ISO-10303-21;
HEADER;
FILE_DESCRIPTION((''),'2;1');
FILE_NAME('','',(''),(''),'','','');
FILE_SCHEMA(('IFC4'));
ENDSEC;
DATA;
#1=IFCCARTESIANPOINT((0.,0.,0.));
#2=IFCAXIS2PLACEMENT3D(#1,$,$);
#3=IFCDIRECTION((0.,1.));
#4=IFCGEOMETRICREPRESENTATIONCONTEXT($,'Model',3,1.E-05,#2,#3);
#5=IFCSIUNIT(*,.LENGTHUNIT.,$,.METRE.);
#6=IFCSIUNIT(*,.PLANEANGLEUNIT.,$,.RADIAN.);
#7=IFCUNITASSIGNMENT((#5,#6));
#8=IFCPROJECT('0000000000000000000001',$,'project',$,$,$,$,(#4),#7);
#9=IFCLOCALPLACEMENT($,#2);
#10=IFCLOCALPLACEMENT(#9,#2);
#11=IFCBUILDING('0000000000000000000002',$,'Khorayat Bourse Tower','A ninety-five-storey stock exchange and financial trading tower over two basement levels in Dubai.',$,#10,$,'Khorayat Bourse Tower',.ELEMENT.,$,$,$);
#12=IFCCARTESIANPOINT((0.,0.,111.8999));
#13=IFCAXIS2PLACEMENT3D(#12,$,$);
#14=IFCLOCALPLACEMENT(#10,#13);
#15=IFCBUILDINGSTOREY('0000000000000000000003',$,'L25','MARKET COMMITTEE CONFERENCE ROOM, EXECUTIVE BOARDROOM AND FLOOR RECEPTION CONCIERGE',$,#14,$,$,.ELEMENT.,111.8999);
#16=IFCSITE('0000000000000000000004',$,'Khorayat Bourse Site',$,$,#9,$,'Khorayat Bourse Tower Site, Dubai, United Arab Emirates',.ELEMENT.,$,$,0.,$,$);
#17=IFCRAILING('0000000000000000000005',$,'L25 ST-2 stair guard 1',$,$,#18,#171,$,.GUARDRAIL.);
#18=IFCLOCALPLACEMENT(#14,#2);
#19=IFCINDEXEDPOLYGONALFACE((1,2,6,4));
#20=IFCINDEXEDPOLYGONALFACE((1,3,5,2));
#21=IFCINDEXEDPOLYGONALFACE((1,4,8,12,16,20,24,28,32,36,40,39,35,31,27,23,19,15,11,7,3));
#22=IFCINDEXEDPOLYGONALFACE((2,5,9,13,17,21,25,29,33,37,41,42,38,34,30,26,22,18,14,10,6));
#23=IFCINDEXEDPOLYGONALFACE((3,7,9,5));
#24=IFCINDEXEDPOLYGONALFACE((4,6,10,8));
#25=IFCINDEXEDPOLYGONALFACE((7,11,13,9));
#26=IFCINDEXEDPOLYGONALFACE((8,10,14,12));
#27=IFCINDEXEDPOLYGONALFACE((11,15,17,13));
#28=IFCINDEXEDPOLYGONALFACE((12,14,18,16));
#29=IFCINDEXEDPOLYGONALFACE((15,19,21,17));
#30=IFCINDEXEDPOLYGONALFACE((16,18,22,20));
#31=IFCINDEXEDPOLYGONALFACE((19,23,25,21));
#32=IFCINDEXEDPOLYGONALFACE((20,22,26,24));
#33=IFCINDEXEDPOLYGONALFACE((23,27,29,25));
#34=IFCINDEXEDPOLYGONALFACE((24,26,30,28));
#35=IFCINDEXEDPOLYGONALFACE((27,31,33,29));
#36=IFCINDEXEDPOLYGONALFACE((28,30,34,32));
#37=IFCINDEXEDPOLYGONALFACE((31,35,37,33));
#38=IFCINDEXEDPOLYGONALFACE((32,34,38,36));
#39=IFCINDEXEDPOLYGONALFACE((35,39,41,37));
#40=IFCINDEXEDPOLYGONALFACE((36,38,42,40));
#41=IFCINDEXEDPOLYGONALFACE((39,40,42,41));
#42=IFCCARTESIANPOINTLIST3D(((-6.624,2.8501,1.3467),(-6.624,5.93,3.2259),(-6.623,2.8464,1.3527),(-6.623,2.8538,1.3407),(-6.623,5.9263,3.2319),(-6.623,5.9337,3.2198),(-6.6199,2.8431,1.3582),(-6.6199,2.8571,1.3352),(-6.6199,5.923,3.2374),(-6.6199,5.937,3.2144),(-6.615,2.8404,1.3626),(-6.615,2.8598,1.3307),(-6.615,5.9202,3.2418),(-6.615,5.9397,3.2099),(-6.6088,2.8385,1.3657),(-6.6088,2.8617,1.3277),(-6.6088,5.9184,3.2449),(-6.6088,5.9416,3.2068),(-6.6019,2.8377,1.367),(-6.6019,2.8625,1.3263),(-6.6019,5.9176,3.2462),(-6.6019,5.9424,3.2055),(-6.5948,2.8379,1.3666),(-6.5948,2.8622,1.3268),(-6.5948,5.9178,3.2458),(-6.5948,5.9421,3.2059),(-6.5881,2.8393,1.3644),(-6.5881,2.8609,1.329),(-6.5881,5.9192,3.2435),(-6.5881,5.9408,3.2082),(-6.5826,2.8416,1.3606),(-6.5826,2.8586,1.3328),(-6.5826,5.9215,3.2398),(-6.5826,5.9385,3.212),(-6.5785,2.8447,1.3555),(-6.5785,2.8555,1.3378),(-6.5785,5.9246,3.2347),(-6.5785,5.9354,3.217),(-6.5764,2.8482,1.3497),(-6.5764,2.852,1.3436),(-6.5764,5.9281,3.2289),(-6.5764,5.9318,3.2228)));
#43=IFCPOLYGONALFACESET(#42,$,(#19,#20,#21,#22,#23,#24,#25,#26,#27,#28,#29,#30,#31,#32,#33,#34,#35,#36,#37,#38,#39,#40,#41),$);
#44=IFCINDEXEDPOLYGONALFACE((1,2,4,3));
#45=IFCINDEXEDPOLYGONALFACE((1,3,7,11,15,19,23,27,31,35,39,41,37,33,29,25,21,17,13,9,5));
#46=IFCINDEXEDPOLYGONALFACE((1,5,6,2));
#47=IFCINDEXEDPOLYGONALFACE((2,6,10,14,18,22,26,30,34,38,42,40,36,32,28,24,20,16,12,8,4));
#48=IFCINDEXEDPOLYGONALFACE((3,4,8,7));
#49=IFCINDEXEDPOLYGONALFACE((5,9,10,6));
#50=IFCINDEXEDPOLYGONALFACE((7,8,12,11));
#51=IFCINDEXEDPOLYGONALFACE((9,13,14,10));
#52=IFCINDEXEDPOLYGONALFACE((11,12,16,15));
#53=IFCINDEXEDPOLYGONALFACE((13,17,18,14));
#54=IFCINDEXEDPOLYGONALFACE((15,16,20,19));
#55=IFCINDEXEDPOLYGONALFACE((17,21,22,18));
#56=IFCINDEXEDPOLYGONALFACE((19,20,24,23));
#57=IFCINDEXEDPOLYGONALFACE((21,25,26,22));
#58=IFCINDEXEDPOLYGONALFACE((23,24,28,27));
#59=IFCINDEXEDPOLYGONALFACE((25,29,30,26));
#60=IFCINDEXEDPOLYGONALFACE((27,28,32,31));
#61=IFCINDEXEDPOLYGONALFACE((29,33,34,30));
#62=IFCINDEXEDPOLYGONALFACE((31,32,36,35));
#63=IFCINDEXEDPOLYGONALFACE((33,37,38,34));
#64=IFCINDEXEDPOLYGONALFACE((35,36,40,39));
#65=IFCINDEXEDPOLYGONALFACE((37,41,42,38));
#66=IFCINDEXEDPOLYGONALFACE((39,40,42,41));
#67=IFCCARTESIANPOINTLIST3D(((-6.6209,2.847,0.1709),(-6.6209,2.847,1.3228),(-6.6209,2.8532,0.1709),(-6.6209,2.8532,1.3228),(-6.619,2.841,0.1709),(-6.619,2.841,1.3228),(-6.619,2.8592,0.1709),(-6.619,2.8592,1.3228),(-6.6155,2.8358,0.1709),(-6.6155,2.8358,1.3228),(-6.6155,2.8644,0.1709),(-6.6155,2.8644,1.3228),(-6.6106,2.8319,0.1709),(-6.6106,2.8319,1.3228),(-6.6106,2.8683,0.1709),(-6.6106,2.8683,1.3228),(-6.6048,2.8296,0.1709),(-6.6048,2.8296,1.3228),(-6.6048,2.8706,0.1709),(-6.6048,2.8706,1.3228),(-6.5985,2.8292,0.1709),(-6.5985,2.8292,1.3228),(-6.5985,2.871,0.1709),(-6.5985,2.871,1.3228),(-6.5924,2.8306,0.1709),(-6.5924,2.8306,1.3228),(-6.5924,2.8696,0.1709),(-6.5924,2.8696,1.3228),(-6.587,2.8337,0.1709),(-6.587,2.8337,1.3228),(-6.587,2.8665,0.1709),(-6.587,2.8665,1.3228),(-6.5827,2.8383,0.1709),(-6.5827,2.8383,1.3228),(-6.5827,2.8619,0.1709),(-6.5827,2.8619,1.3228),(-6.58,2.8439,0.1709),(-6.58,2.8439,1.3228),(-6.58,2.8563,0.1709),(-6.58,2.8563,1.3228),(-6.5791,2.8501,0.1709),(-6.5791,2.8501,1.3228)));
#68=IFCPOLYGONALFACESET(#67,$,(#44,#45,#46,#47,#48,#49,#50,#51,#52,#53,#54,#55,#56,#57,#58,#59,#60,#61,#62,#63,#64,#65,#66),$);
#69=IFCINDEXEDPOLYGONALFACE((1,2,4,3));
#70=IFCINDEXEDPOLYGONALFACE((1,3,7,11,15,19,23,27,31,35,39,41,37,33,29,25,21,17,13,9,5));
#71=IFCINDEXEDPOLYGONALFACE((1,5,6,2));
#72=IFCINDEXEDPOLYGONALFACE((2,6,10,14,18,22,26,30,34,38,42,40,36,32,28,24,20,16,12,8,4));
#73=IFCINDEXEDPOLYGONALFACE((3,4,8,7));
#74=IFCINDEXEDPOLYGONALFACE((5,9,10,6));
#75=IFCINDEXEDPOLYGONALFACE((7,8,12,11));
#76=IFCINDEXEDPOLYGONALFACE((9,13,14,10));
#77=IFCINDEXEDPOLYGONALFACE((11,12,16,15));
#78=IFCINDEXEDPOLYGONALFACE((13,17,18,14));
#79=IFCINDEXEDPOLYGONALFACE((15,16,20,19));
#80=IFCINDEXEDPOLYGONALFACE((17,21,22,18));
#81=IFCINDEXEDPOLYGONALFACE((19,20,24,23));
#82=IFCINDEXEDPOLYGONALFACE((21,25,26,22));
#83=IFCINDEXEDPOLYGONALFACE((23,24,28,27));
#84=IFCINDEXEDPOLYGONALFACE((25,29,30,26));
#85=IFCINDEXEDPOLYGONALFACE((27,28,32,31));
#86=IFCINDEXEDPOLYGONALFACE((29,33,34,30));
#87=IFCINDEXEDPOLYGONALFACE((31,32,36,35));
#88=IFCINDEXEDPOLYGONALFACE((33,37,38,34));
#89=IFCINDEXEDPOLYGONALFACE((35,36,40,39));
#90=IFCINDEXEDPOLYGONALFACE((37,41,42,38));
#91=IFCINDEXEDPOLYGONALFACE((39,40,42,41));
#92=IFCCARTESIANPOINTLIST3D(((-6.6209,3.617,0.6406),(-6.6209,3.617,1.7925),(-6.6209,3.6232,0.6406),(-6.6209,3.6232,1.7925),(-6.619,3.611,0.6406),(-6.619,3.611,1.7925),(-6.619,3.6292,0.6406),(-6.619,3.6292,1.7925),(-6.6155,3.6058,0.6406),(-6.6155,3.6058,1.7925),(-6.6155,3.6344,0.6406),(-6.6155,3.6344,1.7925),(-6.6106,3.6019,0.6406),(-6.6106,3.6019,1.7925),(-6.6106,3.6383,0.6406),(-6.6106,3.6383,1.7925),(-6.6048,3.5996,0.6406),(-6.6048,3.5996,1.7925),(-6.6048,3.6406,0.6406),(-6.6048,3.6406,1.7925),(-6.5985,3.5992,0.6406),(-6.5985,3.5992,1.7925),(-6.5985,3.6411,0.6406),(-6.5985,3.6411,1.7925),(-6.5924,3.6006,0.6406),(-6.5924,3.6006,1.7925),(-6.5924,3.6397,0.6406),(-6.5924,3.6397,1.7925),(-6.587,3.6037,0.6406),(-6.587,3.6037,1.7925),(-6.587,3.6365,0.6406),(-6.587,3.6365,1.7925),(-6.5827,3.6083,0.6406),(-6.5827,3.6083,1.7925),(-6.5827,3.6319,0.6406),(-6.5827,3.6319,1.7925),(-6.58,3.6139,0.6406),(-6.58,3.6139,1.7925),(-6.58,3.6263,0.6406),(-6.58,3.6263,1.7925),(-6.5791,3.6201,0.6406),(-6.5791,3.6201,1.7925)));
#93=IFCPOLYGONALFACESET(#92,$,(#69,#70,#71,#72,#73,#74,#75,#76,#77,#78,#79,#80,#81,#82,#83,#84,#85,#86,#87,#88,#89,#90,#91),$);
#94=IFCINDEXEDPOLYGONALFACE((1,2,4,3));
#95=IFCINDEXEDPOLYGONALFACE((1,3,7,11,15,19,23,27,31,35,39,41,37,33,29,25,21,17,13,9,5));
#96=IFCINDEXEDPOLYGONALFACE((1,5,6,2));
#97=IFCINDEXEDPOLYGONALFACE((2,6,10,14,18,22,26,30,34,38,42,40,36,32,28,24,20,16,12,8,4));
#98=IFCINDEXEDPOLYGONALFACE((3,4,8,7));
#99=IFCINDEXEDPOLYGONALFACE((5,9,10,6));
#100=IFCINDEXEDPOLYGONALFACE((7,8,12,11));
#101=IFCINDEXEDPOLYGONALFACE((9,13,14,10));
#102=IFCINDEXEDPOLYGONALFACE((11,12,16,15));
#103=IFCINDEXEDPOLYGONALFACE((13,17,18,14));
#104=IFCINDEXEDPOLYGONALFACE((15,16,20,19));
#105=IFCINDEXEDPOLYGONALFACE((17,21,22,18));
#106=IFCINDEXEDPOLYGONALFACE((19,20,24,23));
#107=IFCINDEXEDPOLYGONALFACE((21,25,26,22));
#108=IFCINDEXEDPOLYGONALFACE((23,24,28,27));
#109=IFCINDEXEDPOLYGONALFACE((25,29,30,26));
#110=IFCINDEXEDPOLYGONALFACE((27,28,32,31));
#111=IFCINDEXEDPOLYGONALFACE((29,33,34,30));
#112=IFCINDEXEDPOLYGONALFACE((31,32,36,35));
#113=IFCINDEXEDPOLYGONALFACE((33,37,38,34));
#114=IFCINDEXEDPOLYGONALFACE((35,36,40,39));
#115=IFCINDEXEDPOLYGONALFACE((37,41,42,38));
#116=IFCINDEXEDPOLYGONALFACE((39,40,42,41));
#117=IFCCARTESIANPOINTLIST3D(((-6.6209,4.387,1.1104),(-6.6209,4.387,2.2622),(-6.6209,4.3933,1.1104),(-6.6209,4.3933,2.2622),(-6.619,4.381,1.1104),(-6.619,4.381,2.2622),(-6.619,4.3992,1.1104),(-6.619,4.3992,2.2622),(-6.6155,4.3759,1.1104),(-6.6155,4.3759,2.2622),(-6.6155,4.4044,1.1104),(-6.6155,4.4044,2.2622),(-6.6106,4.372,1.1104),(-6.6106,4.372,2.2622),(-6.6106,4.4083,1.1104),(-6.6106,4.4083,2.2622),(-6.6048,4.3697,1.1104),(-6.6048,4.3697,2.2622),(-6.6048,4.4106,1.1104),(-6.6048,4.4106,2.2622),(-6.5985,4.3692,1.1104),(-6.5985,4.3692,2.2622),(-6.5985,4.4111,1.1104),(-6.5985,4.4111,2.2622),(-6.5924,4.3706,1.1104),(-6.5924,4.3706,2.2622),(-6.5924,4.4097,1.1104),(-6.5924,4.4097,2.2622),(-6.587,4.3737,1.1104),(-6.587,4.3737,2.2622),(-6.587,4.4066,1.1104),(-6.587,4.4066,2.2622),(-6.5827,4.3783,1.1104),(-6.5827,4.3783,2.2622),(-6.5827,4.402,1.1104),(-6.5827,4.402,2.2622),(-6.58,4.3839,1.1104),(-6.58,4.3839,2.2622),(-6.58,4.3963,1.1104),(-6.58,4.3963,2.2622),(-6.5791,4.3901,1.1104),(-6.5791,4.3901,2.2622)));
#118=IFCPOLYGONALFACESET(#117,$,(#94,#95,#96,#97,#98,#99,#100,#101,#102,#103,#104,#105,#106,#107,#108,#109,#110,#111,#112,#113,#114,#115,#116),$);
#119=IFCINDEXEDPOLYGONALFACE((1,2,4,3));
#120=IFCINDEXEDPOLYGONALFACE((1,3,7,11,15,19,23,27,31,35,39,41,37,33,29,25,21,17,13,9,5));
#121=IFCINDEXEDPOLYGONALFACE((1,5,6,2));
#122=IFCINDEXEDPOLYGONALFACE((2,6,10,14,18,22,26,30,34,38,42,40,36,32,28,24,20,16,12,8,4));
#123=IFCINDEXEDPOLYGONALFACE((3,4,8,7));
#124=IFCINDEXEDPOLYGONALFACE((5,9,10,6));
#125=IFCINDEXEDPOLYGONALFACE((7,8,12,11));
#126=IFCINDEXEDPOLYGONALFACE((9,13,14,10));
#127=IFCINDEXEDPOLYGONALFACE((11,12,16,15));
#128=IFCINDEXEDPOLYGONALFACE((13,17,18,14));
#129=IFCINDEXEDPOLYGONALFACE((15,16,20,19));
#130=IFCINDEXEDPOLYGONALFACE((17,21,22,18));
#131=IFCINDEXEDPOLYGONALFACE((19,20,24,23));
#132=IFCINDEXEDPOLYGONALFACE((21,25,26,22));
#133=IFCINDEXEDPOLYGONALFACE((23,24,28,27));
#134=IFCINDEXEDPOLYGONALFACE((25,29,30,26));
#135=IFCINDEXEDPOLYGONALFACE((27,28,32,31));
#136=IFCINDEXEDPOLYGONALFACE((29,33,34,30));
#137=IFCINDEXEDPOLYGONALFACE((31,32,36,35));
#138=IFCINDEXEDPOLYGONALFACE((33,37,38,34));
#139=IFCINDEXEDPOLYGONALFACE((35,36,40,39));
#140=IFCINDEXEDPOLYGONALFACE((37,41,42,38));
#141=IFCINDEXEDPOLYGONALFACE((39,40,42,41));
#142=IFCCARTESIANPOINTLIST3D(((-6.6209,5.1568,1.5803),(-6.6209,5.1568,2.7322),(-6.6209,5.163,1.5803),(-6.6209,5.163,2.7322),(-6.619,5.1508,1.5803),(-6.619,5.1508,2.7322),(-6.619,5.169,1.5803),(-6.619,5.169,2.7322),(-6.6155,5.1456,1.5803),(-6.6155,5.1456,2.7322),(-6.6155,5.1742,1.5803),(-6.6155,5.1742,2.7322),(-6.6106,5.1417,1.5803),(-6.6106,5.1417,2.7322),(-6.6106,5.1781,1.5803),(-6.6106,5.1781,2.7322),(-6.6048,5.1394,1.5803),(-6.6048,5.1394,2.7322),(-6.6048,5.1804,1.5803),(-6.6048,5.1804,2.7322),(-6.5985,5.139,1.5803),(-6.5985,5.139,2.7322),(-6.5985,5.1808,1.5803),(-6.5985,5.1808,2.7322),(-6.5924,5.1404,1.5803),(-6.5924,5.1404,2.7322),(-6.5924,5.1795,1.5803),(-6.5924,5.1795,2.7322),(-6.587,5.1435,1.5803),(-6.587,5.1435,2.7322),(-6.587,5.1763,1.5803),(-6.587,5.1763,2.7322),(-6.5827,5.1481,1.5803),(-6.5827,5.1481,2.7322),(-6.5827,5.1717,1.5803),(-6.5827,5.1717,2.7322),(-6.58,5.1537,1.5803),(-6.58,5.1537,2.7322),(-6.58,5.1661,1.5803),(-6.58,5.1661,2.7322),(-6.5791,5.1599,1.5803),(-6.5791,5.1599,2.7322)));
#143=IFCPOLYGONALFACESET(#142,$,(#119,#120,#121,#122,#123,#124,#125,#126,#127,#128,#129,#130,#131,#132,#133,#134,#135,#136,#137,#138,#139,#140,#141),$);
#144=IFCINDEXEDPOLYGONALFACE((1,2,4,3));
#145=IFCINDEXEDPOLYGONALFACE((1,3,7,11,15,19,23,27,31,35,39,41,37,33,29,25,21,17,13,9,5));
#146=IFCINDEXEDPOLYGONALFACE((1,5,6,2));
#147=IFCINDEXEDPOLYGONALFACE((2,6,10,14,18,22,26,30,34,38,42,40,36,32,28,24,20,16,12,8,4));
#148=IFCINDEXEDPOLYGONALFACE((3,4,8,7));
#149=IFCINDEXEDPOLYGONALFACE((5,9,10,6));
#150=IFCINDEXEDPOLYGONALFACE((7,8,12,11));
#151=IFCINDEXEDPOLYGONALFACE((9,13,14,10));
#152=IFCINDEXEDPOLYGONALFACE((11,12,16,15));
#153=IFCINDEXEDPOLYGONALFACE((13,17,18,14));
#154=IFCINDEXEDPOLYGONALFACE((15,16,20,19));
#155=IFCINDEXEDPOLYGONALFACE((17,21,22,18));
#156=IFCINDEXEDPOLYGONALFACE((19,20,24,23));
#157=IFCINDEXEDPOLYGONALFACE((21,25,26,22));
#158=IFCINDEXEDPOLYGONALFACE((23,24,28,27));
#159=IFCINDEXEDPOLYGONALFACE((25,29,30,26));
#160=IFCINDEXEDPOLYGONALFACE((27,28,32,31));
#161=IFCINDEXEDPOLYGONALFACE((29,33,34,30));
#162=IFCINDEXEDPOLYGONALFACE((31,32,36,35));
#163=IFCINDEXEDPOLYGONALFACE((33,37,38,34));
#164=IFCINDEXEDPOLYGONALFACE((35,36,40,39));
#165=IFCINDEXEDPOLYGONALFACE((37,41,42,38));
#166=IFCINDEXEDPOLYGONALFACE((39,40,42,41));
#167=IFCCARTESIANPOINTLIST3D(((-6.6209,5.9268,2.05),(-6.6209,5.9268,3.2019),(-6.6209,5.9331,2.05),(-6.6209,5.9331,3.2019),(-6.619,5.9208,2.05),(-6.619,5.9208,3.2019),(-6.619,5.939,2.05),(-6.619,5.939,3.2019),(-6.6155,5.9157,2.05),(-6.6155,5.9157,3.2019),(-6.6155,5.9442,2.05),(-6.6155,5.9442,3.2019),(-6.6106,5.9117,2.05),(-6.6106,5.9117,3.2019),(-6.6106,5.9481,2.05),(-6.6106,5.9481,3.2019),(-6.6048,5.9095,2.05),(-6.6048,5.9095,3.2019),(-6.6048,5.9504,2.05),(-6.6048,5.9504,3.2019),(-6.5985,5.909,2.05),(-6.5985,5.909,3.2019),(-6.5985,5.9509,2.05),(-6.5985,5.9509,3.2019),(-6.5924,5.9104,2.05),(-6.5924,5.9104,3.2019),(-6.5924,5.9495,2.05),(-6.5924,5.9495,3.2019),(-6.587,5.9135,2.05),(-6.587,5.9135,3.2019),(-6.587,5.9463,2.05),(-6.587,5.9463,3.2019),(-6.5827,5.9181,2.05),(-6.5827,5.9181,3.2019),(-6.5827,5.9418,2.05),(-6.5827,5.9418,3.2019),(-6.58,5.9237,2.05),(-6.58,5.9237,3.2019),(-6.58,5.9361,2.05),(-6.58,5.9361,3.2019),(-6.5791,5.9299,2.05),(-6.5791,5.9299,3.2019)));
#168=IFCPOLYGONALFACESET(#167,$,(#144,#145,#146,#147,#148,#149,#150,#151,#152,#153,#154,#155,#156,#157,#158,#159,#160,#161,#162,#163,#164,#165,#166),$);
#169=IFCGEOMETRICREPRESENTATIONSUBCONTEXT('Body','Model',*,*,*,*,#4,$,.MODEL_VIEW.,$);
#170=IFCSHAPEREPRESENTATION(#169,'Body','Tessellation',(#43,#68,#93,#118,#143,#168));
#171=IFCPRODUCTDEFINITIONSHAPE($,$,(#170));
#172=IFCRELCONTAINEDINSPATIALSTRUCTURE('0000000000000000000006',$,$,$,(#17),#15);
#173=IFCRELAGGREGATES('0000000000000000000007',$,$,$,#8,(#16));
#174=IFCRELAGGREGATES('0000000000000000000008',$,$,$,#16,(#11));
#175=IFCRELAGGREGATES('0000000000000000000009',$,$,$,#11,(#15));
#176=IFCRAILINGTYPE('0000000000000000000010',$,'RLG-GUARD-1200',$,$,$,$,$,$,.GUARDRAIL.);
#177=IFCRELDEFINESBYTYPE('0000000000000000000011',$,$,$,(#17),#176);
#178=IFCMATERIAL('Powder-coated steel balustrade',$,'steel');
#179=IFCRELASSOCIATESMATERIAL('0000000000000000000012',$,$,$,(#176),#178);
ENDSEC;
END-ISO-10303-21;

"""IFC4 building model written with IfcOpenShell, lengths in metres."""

from ifc_helpers import new_model, si_unit, direction, frame, origin, origin_2d, place, context, subcontext, project, spatial, circle, extrude, source, transform, mapped, material, type_object, element, save


model = new_model("IFC4")

# Units and contexts
model_context = context("Model", 3, precision=1e-05, world=origin(), true_north=direction((0.0, 1.0)))
body_context = subcontext(model_context, "Body", "Model", "MODEL_VIEW")
ifc_project = project(units=[si_unit("LENGTHUNIT", "METRE"), si_unit("PLANEANGLEUNIT", "RADIAN")], contexts=[model_context])

# Site, building, storey
site_placement = place(None, origin())
site = spatial("IfcSite", under=ifc_project, at=site_placement, Name="Khorayat Bourse Site", LongName="Khorayat Bourse Tower Site, Dubai, United Arab Emirates", CompositionType="ELEMENT", RefElevation=0.0)
building_placement = place(site_placement, origin())
building = spatial("IfcBuilding", under=site, at=building_placement, Name="Khorayat Bourse Tower", Description="A ninety-five-storey stock exchange and financial trading tower over two basement levels in Dubai.", LongName="Khorayat Bourse Tower", CompositionType="ELEMENT")
storey_placement = place(building_placement, frame((0.0, 0.0, 111.8999)))
storey = spatial("IfcBuildingStorey", under=building, at=storey_placement, Name="L25", Description="MARKET COMMITTEE CONFERENCE ROOM, EXECUTIVE BOARDROOM AND FLOOR RECEPTION CONCIERGE", CompositionType="ELEMENT", Elevation=111.8999)

# Railing
ifc_material_1 = material(Name="Powder-coated steel balustrade", Category="steel")
railing_type_1 = type_object("IfcRailingType", Name="RLG-GUARD-1200", PredefinedType="GUARDRAIL", material=ifc_material_1)
shared_shape_1 = source(origin(), body_context, "Body", "SweptSolid", [
    extrude(circle(Radius=0.0239, at=origin_2d()), frame((0.0, 0.0, 1.1758), z_axis=(0.0, 0.853648, 0.52085), x_axis=(-1.0, 0.0, 0.0)), (0.0, 0.0, 1.0), 3.6079),
    extrude(circle(Radius=0.021, at=origin_2d()), origin(), (0.0, 0.0, 1.0), 1.1519),
    extrude(circle(Radius=0.021, at=origin_2d()), frame((0.0, 0.77, 0.4697)), (0.0, 0.0, 1.0), 1.1519),
    extrude(circle(Radius=0.021, at=origin_2d()), frame((0.0, 1.54, 0.9395)), (0.0, 0.0, 1.0), 1.1519),
    extrude(circle(Radius=0.021, at=origin_2d()), frame((0.0, 2.3098, 1.4094)), (0.0, 0.0, 1.0), 1.1519),
    extrude(circle(Radius=0.021, at=origin_2d()), frame((0.0, 3.0798, 1.8792)), (0.0, 0.0, 1.0), 1.1519),
])
railing_1_placement = place(storey_placement, frame((-6.6001, 2.8501, 0.1709)))
element("IfcRailing", 1, at=railing_1_placement, inside=storey, type_object=railing_type_1, Name="L25 ST-2 stair guard 1", PredefinedType="GUARDRAIL", context=body_context, shape_type="MappedRepresentation", body=[
    mapped(shared_shape_1, transform((0.0, 0.0, 0.0), scale=1.0)),
])

save(model, "model.ifc")
